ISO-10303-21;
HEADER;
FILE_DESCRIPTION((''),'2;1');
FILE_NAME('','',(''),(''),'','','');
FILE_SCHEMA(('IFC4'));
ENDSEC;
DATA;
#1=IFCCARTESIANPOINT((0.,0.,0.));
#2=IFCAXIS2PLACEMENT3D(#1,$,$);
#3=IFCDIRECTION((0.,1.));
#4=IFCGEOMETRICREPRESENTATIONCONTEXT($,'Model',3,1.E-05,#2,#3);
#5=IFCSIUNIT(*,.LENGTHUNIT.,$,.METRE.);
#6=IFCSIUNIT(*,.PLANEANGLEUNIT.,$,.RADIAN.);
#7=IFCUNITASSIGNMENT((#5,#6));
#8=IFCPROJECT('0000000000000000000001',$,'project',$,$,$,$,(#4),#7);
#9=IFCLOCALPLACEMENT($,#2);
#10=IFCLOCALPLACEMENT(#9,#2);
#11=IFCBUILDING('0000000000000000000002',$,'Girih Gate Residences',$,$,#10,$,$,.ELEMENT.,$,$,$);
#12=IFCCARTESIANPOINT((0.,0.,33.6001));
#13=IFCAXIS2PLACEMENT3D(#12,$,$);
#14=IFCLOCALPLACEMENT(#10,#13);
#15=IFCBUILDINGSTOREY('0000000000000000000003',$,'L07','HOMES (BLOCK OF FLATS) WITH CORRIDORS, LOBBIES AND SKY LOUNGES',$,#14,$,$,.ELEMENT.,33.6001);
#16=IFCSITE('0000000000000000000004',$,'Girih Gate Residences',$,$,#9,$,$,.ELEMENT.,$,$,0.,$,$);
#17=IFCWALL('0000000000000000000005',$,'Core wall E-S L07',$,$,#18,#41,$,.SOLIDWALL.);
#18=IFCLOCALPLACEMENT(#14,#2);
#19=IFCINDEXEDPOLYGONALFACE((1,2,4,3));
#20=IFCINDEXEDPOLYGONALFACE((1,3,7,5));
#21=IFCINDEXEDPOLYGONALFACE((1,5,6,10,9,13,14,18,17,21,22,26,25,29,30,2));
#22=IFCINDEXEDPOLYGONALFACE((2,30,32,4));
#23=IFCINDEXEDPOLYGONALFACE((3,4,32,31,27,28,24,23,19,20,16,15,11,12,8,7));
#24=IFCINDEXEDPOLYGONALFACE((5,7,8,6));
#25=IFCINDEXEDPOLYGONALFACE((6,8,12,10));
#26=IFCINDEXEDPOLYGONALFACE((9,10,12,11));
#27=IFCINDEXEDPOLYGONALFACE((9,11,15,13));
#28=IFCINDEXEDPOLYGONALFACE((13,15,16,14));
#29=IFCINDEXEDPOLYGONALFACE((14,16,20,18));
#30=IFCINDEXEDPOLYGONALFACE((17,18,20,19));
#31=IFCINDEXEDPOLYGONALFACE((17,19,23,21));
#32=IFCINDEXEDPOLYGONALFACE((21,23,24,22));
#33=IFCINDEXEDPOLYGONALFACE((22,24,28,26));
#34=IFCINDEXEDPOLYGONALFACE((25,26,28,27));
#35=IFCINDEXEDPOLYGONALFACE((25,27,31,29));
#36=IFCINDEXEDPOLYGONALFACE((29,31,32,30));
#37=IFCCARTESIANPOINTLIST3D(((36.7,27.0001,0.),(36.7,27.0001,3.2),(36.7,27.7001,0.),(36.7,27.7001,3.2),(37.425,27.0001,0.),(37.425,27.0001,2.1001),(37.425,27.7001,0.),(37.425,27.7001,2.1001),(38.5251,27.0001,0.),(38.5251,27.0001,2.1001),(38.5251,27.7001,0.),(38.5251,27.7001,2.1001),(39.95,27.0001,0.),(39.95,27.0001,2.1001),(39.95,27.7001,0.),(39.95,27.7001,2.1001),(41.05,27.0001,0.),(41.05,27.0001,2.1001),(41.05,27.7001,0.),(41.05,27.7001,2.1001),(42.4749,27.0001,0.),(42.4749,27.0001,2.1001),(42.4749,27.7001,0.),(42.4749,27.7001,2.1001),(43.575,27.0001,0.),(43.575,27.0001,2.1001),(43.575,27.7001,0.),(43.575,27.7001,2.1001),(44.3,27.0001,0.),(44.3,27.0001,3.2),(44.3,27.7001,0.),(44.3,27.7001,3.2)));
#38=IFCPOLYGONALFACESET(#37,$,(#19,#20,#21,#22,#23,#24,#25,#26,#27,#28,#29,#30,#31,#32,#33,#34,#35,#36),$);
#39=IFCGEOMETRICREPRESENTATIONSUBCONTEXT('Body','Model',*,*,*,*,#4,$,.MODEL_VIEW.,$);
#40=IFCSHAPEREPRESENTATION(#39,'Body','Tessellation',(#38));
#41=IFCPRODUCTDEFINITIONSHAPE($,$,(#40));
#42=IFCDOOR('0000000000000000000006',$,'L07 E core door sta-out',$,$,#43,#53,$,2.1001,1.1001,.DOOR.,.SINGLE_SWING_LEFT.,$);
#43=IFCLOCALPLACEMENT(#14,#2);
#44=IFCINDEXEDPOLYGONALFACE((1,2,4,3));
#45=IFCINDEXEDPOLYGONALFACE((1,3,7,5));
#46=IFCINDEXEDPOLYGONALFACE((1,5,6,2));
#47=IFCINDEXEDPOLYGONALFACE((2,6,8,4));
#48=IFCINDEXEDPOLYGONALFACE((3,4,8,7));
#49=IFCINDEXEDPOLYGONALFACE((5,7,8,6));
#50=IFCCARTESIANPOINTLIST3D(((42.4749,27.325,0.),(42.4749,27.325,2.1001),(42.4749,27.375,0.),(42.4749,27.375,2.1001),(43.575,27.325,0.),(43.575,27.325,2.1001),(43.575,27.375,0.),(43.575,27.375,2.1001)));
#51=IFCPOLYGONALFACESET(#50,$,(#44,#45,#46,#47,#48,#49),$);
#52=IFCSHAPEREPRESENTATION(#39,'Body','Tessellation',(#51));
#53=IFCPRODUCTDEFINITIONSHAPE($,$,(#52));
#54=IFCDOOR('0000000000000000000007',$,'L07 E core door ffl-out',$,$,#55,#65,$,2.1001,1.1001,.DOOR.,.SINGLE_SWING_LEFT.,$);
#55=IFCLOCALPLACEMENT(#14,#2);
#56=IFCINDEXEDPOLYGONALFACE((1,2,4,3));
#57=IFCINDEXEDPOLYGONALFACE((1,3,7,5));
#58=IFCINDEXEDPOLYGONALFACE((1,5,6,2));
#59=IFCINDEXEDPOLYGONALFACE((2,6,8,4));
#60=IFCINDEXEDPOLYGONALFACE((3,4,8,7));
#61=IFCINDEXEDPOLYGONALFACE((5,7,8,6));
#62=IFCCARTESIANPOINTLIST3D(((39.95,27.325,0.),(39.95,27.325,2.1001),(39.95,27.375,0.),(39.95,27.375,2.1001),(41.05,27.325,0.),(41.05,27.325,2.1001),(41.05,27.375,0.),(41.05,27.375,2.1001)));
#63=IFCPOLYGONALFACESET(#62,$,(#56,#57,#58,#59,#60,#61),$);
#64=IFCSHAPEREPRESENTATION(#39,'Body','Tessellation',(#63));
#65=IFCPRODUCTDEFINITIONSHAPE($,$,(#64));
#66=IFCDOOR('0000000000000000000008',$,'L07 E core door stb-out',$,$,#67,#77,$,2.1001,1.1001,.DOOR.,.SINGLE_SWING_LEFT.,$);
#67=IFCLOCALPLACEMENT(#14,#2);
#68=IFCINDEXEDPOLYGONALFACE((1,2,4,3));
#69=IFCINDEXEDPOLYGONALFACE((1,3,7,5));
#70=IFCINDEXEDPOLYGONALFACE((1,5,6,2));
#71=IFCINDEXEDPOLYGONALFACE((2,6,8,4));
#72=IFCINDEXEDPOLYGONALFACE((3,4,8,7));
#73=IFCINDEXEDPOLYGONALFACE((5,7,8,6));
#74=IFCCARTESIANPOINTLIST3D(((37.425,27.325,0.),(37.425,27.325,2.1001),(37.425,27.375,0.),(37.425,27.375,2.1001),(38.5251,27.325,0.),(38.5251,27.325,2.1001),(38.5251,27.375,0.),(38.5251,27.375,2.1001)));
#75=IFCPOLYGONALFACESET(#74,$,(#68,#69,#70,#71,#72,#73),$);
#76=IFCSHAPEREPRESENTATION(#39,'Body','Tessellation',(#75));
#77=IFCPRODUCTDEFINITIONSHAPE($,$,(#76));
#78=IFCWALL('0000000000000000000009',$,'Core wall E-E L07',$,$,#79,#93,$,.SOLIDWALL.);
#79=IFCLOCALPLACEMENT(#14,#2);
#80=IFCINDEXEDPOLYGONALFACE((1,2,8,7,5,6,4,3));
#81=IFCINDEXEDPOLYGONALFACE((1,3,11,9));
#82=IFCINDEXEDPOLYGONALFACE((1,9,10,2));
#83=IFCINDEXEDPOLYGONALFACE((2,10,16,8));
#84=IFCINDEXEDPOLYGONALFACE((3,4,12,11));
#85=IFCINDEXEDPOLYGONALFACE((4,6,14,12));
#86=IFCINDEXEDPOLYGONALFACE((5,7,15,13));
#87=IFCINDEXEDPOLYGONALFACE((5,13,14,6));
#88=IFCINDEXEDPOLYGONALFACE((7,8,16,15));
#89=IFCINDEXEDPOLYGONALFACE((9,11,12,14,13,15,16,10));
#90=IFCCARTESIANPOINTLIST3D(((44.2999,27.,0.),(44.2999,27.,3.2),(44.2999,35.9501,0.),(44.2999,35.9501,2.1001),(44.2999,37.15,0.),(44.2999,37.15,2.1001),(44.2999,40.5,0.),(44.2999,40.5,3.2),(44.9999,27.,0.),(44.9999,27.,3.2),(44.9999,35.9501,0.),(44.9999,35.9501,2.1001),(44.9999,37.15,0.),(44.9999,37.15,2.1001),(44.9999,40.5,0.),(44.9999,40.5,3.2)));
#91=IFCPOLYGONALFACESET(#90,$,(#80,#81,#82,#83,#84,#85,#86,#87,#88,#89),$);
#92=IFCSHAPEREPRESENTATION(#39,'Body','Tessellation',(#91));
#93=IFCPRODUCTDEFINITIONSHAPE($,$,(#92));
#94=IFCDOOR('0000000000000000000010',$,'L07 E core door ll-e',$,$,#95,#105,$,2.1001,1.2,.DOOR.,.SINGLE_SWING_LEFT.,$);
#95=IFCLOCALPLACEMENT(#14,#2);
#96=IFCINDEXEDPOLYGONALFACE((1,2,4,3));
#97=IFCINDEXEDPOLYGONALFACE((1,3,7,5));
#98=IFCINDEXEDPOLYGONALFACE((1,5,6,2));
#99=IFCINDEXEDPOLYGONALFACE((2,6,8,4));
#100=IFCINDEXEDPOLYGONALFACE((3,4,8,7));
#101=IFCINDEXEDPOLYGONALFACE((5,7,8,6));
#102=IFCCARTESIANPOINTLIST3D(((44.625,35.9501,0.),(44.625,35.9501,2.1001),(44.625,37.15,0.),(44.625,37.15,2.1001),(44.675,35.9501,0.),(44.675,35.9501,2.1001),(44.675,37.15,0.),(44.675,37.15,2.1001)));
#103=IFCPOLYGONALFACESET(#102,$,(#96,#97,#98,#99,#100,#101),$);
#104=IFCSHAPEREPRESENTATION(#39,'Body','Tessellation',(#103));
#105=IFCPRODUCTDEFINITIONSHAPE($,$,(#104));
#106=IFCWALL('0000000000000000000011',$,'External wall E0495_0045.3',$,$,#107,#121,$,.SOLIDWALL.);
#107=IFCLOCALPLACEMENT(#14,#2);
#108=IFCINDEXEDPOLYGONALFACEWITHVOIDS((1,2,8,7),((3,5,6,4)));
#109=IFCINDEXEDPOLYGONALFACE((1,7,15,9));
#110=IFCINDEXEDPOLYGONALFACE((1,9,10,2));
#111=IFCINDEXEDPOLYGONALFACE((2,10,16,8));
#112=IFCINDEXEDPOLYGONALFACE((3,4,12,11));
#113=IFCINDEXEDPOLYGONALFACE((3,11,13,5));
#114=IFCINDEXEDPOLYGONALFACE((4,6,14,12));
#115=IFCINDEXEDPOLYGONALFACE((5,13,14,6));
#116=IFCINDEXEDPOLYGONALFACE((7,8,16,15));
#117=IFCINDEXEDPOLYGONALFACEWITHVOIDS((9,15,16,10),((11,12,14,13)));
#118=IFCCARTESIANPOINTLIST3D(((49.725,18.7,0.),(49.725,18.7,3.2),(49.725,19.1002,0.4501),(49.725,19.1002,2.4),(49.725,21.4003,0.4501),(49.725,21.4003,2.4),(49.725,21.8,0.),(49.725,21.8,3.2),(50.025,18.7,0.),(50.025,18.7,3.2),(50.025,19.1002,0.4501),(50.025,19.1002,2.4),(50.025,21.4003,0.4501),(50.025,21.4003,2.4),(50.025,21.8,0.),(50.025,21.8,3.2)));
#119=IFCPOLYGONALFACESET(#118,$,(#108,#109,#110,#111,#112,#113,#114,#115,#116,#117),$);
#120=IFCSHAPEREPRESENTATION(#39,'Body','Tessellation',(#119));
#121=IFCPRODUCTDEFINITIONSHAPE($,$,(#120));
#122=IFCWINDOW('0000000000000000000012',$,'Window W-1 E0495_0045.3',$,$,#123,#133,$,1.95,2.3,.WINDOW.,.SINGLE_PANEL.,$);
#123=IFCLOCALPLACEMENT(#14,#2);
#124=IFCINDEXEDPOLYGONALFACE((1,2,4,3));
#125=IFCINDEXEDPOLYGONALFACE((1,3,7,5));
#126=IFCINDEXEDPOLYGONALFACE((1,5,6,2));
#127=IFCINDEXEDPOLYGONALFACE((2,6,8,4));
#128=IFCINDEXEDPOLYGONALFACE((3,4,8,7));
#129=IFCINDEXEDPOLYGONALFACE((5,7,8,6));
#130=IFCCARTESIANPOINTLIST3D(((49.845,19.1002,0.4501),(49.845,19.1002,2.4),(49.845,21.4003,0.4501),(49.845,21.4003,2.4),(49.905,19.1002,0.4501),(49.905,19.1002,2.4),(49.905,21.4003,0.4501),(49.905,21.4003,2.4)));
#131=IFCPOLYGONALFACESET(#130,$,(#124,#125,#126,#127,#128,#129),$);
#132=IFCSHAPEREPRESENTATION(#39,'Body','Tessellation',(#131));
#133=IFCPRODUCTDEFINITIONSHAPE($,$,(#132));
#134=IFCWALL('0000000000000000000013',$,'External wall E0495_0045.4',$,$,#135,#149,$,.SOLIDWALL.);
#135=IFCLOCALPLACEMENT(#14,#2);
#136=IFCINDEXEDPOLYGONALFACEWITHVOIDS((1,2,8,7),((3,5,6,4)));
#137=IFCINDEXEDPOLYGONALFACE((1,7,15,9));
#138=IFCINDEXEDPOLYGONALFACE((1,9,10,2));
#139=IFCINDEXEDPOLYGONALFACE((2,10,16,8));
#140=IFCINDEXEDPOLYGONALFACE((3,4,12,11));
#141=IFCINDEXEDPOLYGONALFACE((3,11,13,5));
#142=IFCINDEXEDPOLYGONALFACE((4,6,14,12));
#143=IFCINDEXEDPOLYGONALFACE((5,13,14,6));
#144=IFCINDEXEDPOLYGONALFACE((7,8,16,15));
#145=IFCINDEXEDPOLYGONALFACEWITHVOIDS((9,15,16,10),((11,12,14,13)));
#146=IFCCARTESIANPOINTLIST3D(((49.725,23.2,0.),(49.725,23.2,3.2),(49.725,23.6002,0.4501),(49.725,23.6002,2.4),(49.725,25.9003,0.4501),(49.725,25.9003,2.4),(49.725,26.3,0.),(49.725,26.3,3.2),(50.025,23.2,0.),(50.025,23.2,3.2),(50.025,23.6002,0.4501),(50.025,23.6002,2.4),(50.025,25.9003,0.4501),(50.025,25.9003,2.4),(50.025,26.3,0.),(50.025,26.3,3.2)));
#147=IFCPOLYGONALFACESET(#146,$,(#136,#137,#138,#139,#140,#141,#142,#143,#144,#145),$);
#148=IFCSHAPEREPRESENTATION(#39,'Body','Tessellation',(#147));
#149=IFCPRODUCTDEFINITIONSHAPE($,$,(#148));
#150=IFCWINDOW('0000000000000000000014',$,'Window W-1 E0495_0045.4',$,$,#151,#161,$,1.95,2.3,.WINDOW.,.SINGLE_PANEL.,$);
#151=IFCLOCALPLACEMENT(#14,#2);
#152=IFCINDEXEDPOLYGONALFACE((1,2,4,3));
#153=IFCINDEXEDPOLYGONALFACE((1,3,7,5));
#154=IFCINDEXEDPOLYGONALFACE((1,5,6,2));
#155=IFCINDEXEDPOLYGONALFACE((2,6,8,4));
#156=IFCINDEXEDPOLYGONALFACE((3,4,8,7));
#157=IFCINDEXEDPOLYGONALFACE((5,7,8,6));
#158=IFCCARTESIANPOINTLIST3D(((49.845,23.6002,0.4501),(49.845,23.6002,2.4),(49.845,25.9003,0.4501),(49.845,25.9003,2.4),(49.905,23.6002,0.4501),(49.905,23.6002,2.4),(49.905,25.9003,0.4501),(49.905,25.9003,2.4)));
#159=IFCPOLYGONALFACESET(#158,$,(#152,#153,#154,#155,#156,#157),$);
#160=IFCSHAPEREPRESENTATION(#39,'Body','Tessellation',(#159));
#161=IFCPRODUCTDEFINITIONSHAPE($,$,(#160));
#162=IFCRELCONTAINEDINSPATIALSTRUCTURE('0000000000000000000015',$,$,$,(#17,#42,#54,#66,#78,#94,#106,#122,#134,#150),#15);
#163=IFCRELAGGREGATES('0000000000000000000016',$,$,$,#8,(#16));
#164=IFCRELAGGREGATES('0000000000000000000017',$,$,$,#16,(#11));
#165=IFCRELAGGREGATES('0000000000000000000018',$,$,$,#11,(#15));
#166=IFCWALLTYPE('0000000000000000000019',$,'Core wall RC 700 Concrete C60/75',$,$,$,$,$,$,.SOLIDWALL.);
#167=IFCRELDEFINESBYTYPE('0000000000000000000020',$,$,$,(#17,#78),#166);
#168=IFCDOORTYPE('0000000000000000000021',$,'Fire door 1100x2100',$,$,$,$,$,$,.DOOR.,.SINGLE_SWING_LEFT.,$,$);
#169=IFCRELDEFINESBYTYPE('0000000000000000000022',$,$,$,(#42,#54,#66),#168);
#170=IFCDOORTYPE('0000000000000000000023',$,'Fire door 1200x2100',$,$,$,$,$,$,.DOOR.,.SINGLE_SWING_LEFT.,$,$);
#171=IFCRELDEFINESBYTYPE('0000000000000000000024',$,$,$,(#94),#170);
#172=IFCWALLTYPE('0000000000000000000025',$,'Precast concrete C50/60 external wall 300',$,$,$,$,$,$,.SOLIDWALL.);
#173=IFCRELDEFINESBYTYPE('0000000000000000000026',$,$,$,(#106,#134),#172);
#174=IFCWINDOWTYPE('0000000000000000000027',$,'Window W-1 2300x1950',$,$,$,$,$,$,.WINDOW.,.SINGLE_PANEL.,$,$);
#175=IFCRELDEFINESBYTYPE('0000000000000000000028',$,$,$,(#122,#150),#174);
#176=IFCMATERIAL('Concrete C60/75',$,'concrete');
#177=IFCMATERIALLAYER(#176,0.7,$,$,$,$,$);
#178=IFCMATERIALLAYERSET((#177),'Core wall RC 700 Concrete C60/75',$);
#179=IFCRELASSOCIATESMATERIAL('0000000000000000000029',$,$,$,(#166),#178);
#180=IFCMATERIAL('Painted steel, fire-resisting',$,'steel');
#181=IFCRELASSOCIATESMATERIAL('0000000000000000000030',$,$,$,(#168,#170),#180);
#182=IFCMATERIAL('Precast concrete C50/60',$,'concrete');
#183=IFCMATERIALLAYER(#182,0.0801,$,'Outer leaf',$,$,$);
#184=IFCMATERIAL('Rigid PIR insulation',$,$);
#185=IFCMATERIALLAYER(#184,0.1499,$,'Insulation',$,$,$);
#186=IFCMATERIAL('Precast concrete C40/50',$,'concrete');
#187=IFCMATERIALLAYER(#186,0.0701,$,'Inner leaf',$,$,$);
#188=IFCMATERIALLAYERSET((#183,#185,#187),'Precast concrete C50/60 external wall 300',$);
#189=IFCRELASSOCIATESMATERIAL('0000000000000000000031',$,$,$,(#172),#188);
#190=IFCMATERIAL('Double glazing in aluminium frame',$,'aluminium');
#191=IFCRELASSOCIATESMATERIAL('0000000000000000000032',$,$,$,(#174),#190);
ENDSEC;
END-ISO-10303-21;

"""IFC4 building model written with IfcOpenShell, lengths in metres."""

from ifc_helpers import new_model, si_unit, direction, frame, frame_2d, origin, place, context, subcontext, project, spatial, rectangle, extrude, material, layer, layer_set, type_object, element, fill, save


model = new_model("IFC4")

# Units and contexts
model_context = context("Model", 3, precision=1e-05, world=origin(), true_north=direction((0.0, 1.0)))
body_context = subcontext(model_context, "Body", "Model", "MODEL_VIEW")
ifc_project = project(units=[si_unit("LENGTHUNIT", "METRE"), si_unit("PLANEANGLEUNIT", "RADIAN")], contexts=[model_context])

# Site, building, storey
site_placement = place(None, origin())
site = spatial("IfcSite", under=ifc_project, at=site_placement, Name="Girih Gate Residences", CompositionType="ELEMENT", RefElevation=0.0)
building_placement = place(site_placement, origin())
building = spatial("IfcBuilding", under=site, at=building_placement, Name="Girih Gate Residences", CompositionType="ELEMENT")
storey_placement = place(building_placement, frame((0.0, 0.0, 33.6001)))
storey = spatial("IfcBuildingStorey", under=building, at=storey_placement, Name="L07", Description="HOMES (BLOCK OF FLATS) WITH CORRIDORS, LOBBIES AND SKY LOUNGES", CompositionType="ELEMENT", Elevation=33.6001)

# Shared definitions
ifc_material_1 = material(Name="Concrete C60/75", Category="concrete")

# Wall, openings, doors
ifc_layer_1 = layer(ifc_material_1, 0.7)
ifc_layer_set_1 = layer_set([ifc_layer_1], Name="Core wall RC 700 Concrete C60/75")
wall_type_1 = type_object("IfcWallType", Name="Core wall RC 700 Concrete C60/75", PredefinedType="SOLIDWALL", material=ifc_layer_set_1)
wall_1_placement = place(storey_placement, frame((36.7, 27.3501, 0.0), z_axis=(0.0, 0.0, 1.0), x_axis=(1.0, 0.0, 0.0)))
wall_1 = element("IfcWall", 1, at=wall_1_placement, inside=storey, type_object=wall_type_1, Name="Core wall E-S L07", PredefinedType="SOLIDWALL", context=body_context, shape_type="SweptSolid", body=[
    extrude(rectangle(XDim=7.6001, YDim=0.7, at=frame_2d((3.8, 0.0))), origin(), (0.0, 0.0, 1.0), 3.2),
])
opening_1_placement = place(wall_1_placement, frame((5.7749, 0.0, 0.0)))
opening_1 = element("IfcOpeningElement", 2, at=opening_1_placement, cuts=wall_1, PredefinedType="OPENING", context=body_context, shape_type="SweptSolid", body=[
    extrude(rectangle(XDim=1.1001, YDim=2.1001, at=frame_2d((0.55, 1.05))), frame((0.0, 0.3599, 0.0), z_axis=(0.0, -1.0, 0.0), x_axis=(1.0, 0.0, 0.0)), (0.0, 0.0, 1.0), 0.72),
])
opening_2_placement = place(wall_1_placement, frame((3.25, 0.0, 0.0)))
opening_2 = element("IfcOpeningElement", 3, at=opening_2_placement, cuts=wall_1, PredefinedType="OPENING", context=body_context, shape_type="SweptSolid", body=[
    extrude(rectangle(XDim=1.1001, YDim=2.1001, at=frame_2d((0.55, 1.05))), frame((0.0, 0.3599, 0.0), z_axis=(0.0, -1.0, 0.0), x_axis=(1.0, 0.0, 0.0)), (0.0, 0.0, 1.0), 0.72),
])
opening_3_placement = place(wall_1_placement, frame((0.7251, 0.0, 0.0)))
opening_3 = element("IfcOpeningElement", 4, at=opening_3_placement, cuts=wall_1, PredefinedType="OPENING", context=body_context, shape_type="SweptSolid", body=[
    extrude(rectangle(XDim=1.1001, YDim=2.1001, at=frame_2d((0.55, 1.05))), frame((0.0, 0.3599, 0.0), z_axis=(0.0, -1.0, 0.0), x_axis=(1.0, 0.0, 0.0)), (0.0, 0.0, 1.0), 0.72),
])
ifc_material_2 = material(Name="Painted steel, fire-resisting", Category="steel")
door_type_1 = type_object("IfcDoorType", Name="Fire door 1100x2100", OperationType="SINGLE_SWING_LEFT", PredefinedType="DOOR", material=ifc_material_2)
door_1_placement = place(opening_1_placement, origin())
door_1 = element("IfcDoor", 5, at=door_1_placement, inside=storey, type_object=door_type_1, Name="L07 E core door sta-out", OperationType="SINGLE_SWING_LEFT", OverallHeight=2.1001, OverallWidth=1.1001, PredefinedType="DOOR", context=body_context, shape_type="SweptSolid", body=[
    extrude(rectangle(XDim=1.1001, YDim=2.1001, at=frame_2d((0.55, 1.05))), frame((0.0, 0.0249, 0.0), z_axis=(0.0, -1.0, 0.0), x_axis=(1.0, 0.0, 0.0)), (0.0, 0.0, 1.0), 0.05),
])
fill(opening_1, door_1)
door_2_placement = place(opening_2_placement, origin())
door_2 = element("IfcDoor", 6, at=door_2_placement, inside=storey, type_object=door_type_1, Name="L07 E core door ffl-out", OperationType="SINGLE_SWING_LEFT", OverallHeight=2.1001, OverallWidth=1.1001, PredefinedType="DOOR", context=body_context, shape_type="SweptSolid", body=[
    extrude(rectangle(XDim=1.1001, YDim=2.1001, at=frame_2d((0.55, 1.05))), frame((0.0, 0.0249, 0.0), z_axis=(0.0, -1.0, 0.0), x_axis=(1.0, 0.0, 0.0)), (0.0, 0.0, 1.0), 0.05),
])
fill(opening_2, door_2)
door_3_placement = place(opening_3_placement, origin())
door_3 = element("IfcDoor", 7, at=door_3_placement, inside=storey, type_object=door_type_1, Name="L07 E core door stb-out", OperationType="SINGLE_SWING_LEFT", OverallHeight=2.1001, OverallWidth=1.1001, PredefinedType="DOOR", context=body_context, shape_type="SweptSolid", body=[
    extrude(rectangle(XDim=1.1001, YDim=2.1001, at=frame_2d((0.55, 1.05))), frame((0.0, 0.0249, 0.0), z_axis=(0.0, -1.0, 0.0), x_axis=(1.0, 0.0, 0.0)), (0.0, 0.0, 1.0), 0.05),
])
fill(opening_3, door_3)

# Wall, opening, door
wall_2_placement = place(storey_placement, frame((44.6499, 27.0, 0.0), z_axis=(0.0, 0.0, 1.0), x_axis=(0.0, 1.0, 0.0)))
wall_2 = element("IfcWall", 8, at=wall_2_placement, inside=storey, type_object=wall_type_1, Name="Core wall E-E L07", PredefinedType="SOLIDWALL", context=body_context, shape_type="SweptSolid", body=[
    extrude(rectangle(XDim=13.5, YDim=0.7, at=frame_2d((6.75, 0.0))), origin(), (0.0, 0.0, 1.0), 3.2),
])
opening_4_placement = place(wall_2_placement, frame((8.95, 0.0, 0.0)))
opening_4 = element("IfcOpeningElement", 9, at=opening_4_placement, cuts=wall_2, PredefinedType="OPENING", context=body_context, shape_type="SweptSolid", body=[
    extrude(rectangle(XDim=1.2, YDim=2.1001, at=frame_2d((0.6001, 1.05))), frame((0.0, 0.3599, 0.0), z_axis=(0.0, -1.0, 0.0), x_axis=(1.0, 0.0, 0.0)), (0.0, 0.0, 1.0), 0.72),
])
door_type_2 = type_object("IfcDoorType", Name="Fire door 1200x2100", OperationType="SINGLE_SWING_LEFT", PredefinedType="DOOR", material=ifc_material_2)
door_4_placement = place(opening_4_placement, origin())
door_4 = element("IfcDoor", 10, at=door_4_placement, inside=storey, type_object=door_type_2, Name="L07 E core door ll-e", OperationType="SINGLE_SWING_LEFT", OverallHeight=2.1001, OverallWidth=1.2, PredefinedType="DOOR", context=body_context, shape_type="SweptSolid", body=[
    extrude(rectangle(XDim=1.2, YDim=2.1001, at=frame_2d((0.6001, 1.05))), frame((0.0, 0.0249, 0.0), z_axis=(0.0, -1.0, 0.0), x_axis=(1.0, 0.0, 0.0)), (0.0, 0.0, 1.0), 0.05),
])
fill(opening_4, door_4)

# Walls, openings, windows
ifc_material_3 = material(Name="Precast concrete C50/60", Category="concrete")
ifc_layer_2 = layer(ifc_material_3, 0.0801, Name="Outer leaf")
ifc_material_4 = material(Name="Rigid PIR insulation")
ifc_layer_3 = layer(ifc_material_4, 0.1499, Name="Insulation")
ifc_material_5 = material(Name="Precast concrete C40/50", Category="concrete")
ifc_layer_4 = layer(ifc_material_5, 0.0701, Name="Inner leaf")
ifc_layer_set_2 = layer_set([ifc_layer_2, ifc_layer_3, ifc_layer_4], Name="Precast concrete C50/60 external wall 300")
wall_type_2 = type_object("IfcWallType", Name="Precast concrete C50/60 external wall 300", PredefinedType="SOLIDWALL", material=ifc_layer_set_2)
wall_3_placement = place(storey_placement, frame((49.875, 21.8, 0.0), z_axis=(0.0, 0.0, 1.0), x_axis=(0.0, -1.0, 0.0)))
wall_3 = element("IfcWall", 11, at=wall_3_placement, inside=storey, type_object=wall_type_2, Name="External wall E0495_0045.3", PredefinedType="SOLIDWALL", context=body_context, shape_type="SweptSolid", body=[
    extrude(rectangle(XDim=3.1001, YDim=0.3, at=frame_2d((1.55, 0.0))), origin(), (0.0, 0.0, 1.0), 3.2),
])
opening_5_placement = place(wall_3_placement, frame((0.3999, 0.0, 0.45)))
opening_5 = element("IfcOpeningElement", 12, at=opening_5_placement, cuts=wall_3, PredefinedType="OPENING", context=body_context, shape_type="SweptSolid", body=[
    extrude(rectangle(XDim=2.3, YDim=1.95, at=frame_2d((1.1499, 0.9751))), frame((0.0, 0.1599, 0.0), z_axis=(0.0, -1.0, 0.0), x_axis=(1.0, 0.0, 0.0)), (0.0, 0.0, 1.0), 0.3201),
])
ifc_material_6 = material(Name="Double glazing in aluminium frame", Category="aluminium")
window_type = type_object("IfcWindowType", Name="Window W-1 2300x1950", PartitioningType="SINGLE_PANEL", PredefinedType="WINDOW", material=ifc_material_6)
window_1_placement = place(opening_5_placement, origin())
window_1 = element("IfcWindow", 13, at=window_1_placement, inside=storey, type_object=window_type, Name="Window W-1 E0495_0045.3", OverallHeight=1.95, OverallWidth=2.3, PartitioningType="SINGLE_PANEL", PredefinedType="WINDOW", context=body_context, shape_type="SweptSolid", body=[
    extrude(rectangle(XDim=2.3, YDim=1.95, at=frame_2d((1.1499, 0.9751))), frame((0.0, 0.03, 0.0), z_axis=(0.0, -1.0, 0.0), x_axis=(1.0, 0.0, 0.0)), (0.0, 0.0, 1.0), 0.0601),
])
fill(opening_5, window_1)
wall_4_placement = place(storey_placement, frame((49.875, 26.3, 0.0), z_axis=(0.0, 0.0, 1.0), x_axis=(0.0, -1.0, 0.0)))
wall_4 = element("IfcWall", 14, at=wall_4_placement, inside=storey, type_object=wall_type_2, Name="External wall E0495_0045.4", PredefinedType="SOLIDWALL", context=body_context, shape_type="SweptSolid", body=[
    extrude(rectangle(XDim=3.1001, YDim=0.3, at=frame_2d((1.55, 0.0))), origin(), (0.0, 0.0, 1.0), 3.2),
])
opening_6_placement = place(wall_4_placement, frame((0.3999, 0.0, 0.45)))
opening_6 = element("IfcOpeningElement", 15, at=opening_6_placement, cuts=wall_4, PredefinedType="OPENING", context=body_context, shape_type="SweptSolid", body=[
    extrude(rectangle(XDim=2.3, YDim=1.95, at=frame_2d((1.1499, 0.9751))), frame((0.0, 0.1599, 0.0), z_axis=(0.0, -1.0, 0.0), x_axis=(1.0, 0.0, 0.0)), (0.0, 0.0, 1.0), 0.3201),
])
window_2_placement = place(opening_6_placement, origin())
window_2 = element("IfcWindow", 16, at=window_2_placement, inside=storey, type_object=window_type, Name="Window W-1 E0495_0045.4", OverallHeight=1.95, OverallWidth=2.3, PartitioningType="SINGLE_PANEL", PredefinedType="WINDOW", context=body_context, shape_type="SweptSolid", body=[
    extrude(rectangle(XDim=2.3, YDim=1.95, at=frame_2d((1.1499, 0.9751))), frame((0.0, 0.03, 0.0), z_axis=(0.0, -1.0, 0.0), x_axis=(1.0, 0.0, 0.0)), (0.0, 0.0, 1.0), 0.0601),
])
fill(opening_6, window_2)

save(model, "model.ifc")
